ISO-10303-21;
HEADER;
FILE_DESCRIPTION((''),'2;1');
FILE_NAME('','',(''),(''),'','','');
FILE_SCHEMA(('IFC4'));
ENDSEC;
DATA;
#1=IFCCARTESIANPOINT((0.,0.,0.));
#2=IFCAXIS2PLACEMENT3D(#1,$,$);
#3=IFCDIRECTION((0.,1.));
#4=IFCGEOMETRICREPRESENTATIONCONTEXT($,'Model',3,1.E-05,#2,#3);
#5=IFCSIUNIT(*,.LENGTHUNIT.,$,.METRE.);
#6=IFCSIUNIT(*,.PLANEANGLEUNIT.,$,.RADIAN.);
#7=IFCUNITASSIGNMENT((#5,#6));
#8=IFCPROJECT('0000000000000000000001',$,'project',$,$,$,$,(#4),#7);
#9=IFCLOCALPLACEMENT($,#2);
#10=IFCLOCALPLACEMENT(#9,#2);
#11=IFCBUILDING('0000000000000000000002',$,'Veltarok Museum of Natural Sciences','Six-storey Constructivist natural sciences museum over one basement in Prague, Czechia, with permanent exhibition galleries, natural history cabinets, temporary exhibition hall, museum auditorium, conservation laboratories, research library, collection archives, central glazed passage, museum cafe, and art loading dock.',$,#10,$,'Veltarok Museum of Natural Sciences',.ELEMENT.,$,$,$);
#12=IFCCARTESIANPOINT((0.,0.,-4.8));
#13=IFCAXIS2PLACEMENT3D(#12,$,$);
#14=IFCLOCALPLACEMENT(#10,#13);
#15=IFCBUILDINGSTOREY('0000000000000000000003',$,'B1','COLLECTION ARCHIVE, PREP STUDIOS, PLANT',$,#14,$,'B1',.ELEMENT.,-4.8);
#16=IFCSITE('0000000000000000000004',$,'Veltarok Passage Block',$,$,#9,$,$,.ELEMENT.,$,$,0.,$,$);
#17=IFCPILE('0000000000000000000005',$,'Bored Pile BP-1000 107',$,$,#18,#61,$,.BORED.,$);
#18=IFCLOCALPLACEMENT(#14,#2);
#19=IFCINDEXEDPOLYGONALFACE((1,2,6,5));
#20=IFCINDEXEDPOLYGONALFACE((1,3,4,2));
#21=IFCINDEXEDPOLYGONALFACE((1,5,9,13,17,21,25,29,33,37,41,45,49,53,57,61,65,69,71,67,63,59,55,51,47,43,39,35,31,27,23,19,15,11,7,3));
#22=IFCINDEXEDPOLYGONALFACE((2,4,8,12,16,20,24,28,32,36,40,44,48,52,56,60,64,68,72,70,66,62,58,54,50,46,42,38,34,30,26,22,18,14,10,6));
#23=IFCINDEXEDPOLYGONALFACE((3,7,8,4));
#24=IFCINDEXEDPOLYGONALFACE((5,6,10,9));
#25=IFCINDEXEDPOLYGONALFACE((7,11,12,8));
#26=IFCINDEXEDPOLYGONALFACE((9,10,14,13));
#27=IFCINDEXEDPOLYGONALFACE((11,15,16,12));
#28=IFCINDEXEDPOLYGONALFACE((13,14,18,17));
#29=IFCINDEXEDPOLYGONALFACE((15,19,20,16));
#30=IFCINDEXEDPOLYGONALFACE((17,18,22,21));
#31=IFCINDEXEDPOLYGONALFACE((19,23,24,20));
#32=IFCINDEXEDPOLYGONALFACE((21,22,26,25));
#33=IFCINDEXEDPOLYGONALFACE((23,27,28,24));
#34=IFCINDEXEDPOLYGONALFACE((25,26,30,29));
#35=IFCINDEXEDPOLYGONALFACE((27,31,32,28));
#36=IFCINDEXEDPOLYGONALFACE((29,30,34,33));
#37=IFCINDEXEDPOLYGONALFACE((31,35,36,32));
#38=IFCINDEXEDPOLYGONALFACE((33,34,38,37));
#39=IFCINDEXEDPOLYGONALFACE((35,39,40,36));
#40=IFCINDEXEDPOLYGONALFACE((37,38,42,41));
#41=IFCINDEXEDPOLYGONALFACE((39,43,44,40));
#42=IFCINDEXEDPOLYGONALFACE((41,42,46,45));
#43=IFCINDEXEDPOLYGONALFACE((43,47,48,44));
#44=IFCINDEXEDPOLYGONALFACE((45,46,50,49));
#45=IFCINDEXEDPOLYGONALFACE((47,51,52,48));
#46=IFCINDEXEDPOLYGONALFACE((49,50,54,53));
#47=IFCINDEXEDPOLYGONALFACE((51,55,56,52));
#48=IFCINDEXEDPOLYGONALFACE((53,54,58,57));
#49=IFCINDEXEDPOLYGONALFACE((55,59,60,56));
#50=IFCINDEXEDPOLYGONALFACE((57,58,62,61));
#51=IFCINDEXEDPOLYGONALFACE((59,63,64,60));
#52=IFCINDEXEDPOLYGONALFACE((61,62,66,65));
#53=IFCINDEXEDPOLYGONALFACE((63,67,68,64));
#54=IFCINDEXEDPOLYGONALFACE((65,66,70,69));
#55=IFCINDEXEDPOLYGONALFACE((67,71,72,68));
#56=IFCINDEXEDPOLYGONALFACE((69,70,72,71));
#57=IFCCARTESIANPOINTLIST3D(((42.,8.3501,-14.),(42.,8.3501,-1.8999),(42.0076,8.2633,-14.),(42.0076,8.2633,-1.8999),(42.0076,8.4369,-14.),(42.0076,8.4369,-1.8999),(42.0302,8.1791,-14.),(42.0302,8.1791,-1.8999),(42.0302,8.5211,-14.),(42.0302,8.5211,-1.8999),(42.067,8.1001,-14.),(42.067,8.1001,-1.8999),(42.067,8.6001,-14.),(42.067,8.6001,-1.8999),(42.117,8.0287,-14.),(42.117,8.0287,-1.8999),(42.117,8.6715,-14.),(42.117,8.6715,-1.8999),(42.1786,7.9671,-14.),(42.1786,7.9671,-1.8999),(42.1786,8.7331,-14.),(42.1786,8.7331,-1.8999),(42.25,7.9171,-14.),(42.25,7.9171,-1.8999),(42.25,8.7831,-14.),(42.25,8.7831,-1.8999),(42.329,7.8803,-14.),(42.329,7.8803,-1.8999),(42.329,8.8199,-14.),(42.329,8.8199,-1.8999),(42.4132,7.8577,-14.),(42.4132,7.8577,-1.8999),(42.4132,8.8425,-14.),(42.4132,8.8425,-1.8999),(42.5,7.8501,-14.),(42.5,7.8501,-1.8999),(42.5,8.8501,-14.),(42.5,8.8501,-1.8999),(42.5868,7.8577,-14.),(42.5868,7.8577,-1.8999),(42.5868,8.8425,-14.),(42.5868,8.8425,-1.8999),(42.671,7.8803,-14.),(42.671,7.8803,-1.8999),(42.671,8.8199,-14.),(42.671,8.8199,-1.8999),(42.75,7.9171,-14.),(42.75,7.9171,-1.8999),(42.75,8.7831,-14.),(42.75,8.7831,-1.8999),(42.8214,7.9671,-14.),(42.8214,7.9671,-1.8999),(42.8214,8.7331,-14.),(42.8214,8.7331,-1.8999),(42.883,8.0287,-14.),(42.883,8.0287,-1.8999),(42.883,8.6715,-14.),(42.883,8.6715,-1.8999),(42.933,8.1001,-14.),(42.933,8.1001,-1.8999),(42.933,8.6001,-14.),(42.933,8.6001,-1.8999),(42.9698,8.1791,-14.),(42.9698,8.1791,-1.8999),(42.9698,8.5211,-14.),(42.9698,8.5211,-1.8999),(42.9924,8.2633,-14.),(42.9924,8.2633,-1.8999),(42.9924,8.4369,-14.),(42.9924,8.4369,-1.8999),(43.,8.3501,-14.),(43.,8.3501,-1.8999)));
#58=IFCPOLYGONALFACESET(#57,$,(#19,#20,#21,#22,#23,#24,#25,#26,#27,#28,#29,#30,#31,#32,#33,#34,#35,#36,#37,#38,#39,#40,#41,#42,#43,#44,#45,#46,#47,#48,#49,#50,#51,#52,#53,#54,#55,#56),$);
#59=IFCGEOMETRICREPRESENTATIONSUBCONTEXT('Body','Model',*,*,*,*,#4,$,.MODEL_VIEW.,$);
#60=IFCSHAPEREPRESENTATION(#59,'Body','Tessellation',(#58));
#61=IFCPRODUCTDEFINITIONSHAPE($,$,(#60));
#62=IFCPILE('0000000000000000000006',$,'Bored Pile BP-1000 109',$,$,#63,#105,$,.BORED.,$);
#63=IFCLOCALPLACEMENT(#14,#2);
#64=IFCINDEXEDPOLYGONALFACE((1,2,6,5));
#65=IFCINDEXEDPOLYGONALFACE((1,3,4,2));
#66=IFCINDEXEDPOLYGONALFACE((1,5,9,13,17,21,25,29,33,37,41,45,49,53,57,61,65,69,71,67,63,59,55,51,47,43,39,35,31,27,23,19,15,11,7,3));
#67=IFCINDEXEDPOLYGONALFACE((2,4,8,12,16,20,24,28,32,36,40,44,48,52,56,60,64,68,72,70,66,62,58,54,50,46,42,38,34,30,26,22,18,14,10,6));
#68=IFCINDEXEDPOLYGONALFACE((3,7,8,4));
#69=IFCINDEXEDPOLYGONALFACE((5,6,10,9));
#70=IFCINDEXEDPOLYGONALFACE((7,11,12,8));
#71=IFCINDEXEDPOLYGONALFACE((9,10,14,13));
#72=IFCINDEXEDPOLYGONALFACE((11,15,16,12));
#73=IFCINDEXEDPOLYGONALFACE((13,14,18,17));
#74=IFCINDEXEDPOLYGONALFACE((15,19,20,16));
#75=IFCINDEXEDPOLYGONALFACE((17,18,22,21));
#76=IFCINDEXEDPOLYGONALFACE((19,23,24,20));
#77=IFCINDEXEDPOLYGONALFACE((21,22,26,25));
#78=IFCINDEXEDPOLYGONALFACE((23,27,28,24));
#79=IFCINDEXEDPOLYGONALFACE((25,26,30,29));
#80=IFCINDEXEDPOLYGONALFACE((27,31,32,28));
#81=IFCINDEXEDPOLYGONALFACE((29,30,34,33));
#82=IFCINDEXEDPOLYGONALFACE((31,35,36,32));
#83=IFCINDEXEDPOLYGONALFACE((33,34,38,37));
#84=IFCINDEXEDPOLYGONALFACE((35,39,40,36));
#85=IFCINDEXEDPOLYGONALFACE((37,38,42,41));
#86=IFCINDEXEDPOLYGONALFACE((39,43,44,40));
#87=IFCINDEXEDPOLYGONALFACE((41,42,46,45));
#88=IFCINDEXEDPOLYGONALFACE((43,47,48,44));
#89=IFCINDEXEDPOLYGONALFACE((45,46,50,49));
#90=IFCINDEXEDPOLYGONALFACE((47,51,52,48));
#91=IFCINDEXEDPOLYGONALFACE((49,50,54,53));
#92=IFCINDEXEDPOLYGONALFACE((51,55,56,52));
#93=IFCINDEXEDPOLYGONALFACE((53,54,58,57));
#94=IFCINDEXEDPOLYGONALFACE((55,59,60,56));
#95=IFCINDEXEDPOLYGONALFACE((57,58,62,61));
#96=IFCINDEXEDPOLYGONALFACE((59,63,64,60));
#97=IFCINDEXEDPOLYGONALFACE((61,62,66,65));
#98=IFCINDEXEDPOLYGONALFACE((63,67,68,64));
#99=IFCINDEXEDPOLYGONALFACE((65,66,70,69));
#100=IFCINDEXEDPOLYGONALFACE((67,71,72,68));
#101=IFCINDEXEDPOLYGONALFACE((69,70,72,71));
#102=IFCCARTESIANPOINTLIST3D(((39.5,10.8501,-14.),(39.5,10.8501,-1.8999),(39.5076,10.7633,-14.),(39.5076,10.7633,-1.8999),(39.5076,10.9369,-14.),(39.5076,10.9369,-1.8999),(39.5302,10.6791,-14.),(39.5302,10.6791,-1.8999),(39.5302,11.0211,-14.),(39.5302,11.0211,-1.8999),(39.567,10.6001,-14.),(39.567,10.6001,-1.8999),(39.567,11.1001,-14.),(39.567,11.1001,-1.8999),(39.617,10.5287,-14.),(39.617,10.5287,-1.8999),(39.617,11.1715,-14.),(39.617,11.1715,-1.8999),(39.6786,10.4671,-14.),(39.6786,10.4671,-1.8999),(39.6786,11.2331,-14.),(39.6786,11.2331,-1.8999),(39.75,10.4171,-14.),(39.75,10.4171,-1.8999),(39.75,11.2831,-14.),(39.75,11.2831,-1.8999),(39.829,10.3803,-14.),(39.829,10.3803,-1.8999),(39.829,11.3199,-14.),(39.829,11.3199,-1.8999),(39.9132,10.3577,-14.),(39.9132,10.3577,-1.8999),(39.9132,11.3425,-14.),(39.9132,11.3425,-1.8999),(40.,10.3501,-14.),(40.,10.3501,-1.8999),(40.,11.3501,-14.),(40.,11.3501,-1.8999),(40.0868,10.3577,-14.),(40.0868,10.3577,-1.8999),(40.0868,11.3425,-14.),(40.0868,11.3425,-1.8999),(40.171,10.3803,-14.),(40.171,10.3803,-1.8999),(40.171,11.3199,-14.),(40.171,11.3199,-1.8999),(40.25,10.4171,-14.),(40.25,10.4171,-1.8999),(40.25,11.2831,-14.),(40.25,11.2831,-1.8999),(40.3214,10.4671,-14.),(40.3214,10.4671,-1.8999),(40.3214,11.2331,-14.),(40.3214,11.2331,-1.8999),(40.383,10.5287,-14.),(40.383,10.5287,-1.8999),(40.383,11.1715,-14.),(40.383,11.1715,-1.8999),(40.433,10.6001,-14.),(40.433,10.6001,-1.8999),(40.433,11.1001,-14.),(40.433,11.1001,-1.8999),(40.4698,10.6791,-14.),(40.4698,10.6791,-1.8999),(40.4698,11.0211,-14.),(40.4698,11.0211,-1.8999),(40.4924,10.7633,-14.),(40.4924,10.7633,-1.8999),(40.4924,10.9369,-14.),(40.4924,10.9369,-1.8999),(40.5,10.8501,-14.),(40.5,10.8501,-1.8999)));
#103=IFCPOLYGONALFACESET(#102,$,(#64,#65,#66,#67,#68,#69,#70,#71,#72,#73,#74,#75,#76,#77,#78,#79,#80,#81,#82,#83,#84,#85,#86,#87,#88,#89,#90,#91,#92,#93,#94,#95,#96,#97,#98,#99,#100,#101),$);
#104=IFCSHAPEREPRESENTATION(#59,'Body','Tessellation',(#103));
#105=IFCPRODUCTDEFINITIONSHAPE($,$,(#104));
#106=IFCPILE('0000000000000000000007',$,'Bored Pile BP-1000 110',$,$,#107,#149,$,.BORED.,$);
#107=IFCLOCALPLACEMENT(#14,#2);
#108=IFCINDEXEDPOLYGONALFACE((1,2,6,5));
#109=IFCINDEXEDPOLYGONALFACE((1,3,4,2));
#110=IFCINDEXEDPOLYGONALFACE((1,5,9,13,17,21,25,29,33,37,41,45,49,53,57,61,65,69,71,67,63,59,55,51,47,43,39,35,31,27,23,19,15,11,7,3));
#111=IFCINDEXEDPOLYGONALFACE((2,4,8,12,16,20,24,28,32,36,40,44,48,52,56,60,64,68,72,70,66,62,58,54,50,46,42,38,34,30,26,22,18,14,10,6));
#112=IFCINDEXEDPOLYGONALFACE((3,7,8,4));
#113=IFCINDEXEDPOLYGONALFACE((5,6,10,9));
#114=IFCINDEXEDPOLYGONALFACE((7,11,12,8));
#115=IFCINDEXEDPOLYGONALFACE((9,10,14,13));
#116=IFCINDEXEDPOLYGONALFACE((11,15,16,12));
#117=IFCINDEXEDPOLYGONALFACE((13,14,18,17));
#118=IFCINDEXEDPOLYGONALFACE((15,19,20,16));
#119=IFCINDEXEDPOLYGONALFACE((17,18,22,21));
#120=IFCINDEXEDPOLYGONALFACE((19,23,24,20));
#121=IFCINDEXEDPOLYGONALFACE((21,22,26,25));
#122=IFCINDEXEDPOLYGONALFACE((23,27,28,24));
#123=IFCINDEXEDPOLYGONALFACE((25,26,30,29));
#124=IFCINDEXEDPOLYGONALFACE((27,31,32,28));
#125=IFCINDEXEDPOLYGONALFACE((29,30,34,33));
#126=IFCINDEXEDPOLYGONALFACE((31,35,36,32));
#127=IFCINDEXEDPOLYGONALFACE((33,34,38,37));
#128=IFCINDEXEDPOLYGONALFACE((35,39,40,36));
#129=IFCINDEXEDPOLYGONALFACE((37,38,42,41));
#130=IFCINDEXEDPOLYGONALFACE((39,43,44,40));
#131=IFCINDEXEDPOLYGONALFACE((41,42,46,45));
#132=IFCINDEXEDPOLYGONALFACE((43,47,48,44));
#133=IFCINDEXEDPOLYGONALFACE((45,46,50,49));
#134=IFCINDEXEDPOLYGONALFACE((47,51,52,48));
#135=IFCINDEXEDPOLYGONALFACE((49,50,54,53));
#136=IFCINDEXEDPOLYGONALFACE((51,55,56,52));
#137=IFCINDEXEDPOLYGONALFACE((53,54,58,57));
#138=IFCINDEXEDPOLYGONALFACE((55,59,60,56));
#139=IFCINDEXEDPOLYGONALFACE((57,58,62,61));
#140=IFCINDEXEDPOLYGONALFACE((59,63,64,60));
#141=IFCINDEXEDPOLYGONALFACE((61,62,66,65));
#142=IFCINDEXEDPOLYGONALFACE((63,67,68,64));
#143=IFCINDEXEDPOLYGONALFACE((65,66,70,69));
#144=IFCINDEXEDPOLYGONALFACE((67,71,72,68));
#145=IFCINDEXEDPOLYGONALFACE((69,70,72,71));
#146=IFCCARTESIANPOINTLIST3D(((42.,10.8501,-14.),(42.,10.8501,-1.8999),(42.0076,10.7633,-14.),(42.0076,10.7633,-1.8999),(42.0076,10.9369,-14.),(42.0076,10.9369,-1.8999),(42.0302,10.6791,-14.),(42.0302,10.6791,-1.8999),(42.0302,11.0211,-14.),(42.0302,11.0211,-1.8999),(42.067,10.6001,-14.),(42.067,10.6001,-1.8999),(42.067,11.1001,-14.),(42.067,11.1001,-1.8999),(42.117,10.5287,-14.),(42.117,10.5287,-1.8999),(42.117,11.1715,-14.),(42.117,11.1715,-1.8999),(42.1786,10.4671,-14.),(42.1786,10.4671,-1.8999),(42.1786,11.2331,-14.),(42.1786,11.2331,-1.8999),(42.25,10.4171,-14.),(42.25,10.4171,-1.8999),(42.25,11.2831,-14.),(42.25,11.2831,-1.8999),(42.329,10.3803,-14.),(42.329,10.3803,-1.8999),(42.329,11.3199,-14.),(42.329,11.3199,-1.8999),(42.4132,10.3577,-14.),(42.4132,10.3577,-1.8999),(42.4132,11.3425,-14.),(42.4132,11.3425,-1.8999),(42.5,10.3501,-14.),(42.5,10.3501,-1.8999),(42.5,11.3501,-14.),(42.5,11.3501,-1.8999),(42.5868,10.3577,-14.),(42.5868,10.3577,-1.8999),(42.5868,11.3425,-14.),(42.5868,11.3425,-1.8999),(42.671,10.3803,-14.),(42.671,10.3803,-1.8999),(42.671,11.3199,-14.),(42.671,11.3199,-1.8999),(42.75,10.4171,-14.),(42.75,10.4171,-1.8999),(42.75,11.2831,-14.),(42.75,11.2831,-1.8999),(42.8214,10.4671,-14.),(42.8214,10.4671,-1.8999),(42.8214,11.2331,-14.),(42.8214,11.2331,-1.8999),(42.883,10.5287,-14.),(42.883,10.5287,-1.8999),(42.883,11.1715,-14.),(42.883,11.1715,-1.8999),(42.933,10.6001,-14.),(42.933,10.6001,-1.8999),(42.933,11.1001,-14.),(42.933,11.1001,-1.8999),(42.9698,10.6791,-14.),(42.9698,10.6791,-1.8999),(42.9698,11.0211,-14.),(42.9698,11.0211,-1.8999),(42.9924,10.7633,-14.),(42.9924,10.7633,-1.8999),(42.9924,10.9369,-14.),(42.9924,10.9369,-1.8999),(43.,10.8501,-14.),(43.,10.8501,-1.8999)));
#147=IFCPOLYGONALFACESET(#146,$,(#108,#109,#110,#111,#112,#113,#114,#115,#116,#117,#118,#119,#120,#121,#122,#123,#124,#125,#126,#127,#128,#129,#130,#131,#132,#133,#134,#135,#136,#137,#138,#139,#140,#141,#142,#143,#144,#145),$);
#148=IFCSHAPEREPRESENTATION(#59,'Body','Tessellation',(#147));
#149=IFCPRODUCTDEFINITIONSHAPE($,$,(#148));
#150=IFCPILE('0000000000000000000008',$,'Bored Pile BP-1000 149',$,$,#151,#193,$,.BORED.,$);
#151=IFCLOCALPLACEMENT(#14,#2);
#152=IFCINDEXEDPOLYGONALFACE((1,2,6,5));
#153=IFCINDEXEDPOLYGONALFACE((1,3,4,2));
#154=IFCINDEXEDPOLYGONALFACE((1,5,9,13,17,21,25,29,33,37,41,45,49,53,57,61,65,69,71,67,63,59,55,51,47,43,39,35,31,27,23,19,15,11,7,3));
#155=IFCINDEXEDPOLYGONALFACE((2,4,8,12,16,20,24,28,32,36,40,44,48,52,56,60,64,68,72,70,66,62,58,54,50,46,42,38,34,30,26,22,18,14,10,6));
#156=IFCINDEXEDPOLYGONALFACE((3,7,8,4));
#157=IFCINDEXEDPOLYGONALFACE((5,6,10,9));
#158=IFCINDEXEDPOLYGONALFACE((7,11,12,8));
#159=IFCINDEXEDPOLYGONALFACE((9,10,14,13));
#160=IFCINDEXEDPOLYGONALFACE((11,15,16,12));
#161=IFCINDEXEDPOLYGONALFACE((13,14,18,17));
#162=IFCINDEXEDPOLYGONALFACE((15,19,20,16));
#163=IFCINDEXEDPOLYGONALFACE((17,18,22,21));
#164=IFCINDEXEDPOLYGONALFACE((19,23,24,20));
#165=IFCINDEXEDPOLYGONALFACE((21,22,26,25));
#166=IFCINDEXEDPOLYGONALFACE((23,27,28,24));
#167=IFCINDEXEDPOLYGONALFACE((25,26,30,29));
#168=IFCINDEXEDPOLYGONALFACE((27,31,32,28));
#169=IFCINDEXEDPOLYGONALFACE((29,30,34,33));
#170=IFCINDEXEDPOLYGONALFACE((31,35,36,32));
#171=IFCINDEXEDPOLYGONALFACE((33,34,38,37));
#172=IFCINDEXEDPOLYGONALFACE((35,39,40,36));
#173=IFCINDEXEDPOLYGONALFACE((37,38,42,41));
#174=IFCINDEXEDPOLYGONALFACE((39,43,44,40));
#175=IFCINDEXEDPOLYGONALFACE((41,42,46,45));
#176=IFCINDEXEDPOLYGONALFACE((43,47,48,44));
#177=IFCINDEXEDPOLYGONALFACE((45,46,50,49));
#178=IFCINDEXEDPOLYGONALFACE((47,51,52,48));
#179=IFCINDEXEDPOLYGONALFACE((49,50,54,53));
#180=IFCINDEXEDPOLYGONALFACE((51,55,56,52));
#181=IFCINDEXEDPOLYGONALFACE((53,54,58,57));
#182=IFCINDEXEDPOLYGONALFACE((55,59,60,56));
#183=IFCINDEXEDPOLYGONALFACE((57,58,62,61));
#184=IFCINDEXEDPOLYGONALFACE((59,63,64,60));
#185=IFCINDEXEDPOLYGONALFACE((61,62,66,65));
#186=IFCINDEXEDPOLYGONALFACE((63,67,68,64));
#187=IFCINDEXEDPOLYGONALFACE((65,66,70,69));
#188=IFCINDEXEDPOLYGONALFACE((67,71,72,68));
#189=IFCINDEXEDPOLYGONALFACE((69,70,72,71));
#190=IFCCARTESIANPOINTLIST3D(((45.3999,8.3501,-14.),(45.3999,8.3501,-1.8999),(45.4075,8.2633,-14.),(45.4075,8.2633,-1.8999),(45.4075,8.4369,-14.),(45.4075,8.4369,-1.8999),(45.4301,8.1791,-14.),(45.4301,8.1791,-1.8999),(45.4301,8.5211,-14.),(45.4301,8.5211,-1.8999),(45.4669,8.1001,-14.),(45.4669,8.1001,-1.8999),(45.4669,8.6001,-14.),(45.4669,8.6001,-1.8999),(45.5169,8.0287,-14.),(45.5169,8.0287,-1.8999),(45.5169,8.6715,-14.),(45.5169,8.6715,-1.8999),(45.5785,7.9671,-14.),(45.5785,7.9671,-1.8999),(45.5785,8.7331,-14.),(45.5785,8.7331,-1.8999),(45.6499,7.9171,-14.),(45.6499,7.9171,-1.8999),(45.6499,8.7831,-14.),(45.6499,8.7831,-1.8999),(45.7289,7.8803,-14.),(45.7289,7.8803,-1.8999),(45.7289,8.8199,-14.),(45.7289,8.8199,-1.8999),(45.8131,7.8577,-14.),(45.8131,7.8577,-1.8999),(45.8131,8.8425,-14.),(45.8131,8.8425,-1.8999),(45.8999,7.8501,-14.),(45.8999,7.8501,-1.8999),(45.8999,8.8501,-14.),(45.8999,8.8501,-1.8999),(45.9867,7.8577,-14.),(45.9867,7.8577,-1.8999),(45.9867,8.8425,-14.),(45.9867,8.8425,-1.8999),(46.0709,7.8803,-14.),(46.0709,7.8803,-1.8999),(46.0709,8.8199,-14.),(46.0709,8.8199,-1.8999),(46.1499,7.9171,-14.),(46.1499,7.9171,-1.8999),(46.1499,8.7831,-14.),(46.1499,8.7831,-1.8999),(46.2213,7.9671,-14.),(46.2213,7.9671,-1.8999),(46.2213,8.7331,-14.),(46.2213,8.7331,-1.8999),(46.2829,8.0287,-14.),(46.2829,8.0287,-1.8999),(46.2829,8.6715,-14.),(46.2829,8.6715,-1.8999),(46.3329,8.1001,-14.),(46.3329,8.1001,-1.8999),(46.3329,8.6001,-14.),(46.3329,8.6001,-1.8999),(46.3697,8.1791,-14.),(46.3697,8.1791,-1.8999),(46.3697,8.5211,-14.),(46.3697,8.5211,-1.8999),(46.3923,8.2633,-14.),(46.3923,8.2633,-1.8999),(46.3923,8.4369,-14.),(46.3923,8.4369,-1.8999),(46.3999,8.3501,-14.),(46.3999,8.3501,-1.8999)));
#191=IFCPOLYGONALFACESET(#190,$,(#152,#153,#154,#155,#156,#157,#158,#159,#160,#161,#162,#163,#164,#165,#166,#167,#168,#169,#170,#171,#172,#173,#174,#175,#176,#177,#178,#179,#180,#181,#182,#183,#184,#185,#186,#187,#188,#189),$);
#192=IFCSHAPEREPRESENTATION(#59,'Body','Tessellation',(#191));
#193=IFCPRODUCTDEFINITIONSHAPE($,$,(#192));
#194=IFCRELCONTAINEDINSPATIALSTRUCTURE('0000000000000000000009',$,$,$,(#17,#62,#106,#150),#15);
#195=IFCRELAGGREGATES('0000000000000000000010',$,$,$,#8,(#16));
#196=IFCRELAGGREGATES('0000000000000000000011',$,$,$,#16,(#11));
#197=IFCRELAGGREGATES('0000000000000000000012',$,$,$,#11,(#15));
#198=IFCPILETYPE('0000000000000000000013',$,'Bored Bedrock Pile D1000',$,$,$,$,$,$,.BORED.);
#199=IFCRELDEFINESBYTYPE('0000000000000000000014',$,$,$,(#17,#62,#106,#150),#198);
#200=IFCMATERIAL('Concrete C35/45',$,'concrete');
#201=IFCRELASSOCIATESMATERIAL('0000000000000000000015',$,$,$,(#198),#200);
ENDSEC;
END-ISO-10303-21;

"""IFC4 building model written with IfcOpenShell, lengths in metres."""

from ifc_helpers import new_model, si_unit, direction, frame, origin, origin_2d, place, context, subcontext, project, spatial, circle, extrude, material, material_profile, profile_set, type_object, element, save


model = new_model("IFC4")

# Units and contexts
model_context = context("Model", 3, precision=1e-05, world=origin(), true_north=direction((0.0, 1.0)))
body_context = subcontext(model_context, "Body", "Model", "MODEL_VIEW")
ifc_project = project(units=[si_unit("LENGTHUNIT", "METRE"), si_unit("PLANEANGLEUNIT", "RADIAN")], contexts=[model_context])

# Site, building, storey
site_placement = place(None, origin())
site = spatial("IfcSite", under=ifc_project, at=site_placement, Name="Veltarok Passage Block", CompositionType="ELEMENT", RefElevation=0.0)
building_placement = place(site_placement, origin())
building = spatial("IfcBuilding", under=site, at=building_placement, Name="Veltarok Museum of Natural Sciences", Description="Six-storey Constructivist natural sciences museum over one basement in Prague, Czechia, with permanent exhibition galleries, natural history cabinets, temporary exhibition hall, museum auditorium, conservation laboratories, research library, collection archives, central glazed passage, museum cafe, and art loading dock.", LongName="Veltarok Museum of Natural Sciences", CompositionType="ELEMENT")
storey_placement = place(building_placement, frame((0.0, 0.0, -4.8)))
storey = spatial("IfcBuildingStorey", under=building, at=storey_placement, Name="B1", Description="COLLECTION ARCHIVE, PREP STUDIOS, PLANT", LongName="B1", CompositionType="ELEMENT", Elevation=-4.8)

# Piles
ifc_material_1 = material(Name="Concrete C35/45", Category="concrete")
ifc_material_profile_1 = material_profile(ifc_material_1, circle(Radius=0.5, at=origin_2d()), Name="BP D1000")
ifc_profile_set_1 = profile_set([ifc_material_profile_1], Name="Concrete C35/45")
pile_type = type_object("IfcPileType", Name="Bored Bedrock Pile D1000", PredefinedType="BORED", material=ifc_profile_set_1)
for number, where, z_axis, x_axis, name in (
    (1, (42.5, 8.3501, -1.8999), (0.0, 0.0, -1.0), (1.0, 0.0, 0.0), "Bored Pile BP-1000 107"),
    (2, (40.0, 10.8501, -1.8999), (0.0, 0.0, -1.0), (1.0, 0.0, 0.0), "Bored Pile BP-1000 109"),
    (3, (42.5, 10.8501, -1.8999), (0.0, 0.0, -1.0), (1.0, 0.0, 0.0), "Bored Pile BP-1000 110"),
    (4, (45.8999, 8.3501, -1.8999), (0.0, 0.0, -1.0), (1.0, 0.0, 0.0), "Bored Pile BP-1000 149"),
):
    element("IfcPile", number, at=place(storey_placement, frame(where, z_axis=z_axis, x_axis=x_axis)), inside=storey, type_object=pile_type, Name=name, PredefinedType="BORED", context=body_context, shape_type="SweptSolid", body=[
        extrude(circle(Radius=0.5, at=origin_2d()), origin(), (0.0, 0.0, 1.0), 12.1001),
    ])

save(model, "model.ifc")
